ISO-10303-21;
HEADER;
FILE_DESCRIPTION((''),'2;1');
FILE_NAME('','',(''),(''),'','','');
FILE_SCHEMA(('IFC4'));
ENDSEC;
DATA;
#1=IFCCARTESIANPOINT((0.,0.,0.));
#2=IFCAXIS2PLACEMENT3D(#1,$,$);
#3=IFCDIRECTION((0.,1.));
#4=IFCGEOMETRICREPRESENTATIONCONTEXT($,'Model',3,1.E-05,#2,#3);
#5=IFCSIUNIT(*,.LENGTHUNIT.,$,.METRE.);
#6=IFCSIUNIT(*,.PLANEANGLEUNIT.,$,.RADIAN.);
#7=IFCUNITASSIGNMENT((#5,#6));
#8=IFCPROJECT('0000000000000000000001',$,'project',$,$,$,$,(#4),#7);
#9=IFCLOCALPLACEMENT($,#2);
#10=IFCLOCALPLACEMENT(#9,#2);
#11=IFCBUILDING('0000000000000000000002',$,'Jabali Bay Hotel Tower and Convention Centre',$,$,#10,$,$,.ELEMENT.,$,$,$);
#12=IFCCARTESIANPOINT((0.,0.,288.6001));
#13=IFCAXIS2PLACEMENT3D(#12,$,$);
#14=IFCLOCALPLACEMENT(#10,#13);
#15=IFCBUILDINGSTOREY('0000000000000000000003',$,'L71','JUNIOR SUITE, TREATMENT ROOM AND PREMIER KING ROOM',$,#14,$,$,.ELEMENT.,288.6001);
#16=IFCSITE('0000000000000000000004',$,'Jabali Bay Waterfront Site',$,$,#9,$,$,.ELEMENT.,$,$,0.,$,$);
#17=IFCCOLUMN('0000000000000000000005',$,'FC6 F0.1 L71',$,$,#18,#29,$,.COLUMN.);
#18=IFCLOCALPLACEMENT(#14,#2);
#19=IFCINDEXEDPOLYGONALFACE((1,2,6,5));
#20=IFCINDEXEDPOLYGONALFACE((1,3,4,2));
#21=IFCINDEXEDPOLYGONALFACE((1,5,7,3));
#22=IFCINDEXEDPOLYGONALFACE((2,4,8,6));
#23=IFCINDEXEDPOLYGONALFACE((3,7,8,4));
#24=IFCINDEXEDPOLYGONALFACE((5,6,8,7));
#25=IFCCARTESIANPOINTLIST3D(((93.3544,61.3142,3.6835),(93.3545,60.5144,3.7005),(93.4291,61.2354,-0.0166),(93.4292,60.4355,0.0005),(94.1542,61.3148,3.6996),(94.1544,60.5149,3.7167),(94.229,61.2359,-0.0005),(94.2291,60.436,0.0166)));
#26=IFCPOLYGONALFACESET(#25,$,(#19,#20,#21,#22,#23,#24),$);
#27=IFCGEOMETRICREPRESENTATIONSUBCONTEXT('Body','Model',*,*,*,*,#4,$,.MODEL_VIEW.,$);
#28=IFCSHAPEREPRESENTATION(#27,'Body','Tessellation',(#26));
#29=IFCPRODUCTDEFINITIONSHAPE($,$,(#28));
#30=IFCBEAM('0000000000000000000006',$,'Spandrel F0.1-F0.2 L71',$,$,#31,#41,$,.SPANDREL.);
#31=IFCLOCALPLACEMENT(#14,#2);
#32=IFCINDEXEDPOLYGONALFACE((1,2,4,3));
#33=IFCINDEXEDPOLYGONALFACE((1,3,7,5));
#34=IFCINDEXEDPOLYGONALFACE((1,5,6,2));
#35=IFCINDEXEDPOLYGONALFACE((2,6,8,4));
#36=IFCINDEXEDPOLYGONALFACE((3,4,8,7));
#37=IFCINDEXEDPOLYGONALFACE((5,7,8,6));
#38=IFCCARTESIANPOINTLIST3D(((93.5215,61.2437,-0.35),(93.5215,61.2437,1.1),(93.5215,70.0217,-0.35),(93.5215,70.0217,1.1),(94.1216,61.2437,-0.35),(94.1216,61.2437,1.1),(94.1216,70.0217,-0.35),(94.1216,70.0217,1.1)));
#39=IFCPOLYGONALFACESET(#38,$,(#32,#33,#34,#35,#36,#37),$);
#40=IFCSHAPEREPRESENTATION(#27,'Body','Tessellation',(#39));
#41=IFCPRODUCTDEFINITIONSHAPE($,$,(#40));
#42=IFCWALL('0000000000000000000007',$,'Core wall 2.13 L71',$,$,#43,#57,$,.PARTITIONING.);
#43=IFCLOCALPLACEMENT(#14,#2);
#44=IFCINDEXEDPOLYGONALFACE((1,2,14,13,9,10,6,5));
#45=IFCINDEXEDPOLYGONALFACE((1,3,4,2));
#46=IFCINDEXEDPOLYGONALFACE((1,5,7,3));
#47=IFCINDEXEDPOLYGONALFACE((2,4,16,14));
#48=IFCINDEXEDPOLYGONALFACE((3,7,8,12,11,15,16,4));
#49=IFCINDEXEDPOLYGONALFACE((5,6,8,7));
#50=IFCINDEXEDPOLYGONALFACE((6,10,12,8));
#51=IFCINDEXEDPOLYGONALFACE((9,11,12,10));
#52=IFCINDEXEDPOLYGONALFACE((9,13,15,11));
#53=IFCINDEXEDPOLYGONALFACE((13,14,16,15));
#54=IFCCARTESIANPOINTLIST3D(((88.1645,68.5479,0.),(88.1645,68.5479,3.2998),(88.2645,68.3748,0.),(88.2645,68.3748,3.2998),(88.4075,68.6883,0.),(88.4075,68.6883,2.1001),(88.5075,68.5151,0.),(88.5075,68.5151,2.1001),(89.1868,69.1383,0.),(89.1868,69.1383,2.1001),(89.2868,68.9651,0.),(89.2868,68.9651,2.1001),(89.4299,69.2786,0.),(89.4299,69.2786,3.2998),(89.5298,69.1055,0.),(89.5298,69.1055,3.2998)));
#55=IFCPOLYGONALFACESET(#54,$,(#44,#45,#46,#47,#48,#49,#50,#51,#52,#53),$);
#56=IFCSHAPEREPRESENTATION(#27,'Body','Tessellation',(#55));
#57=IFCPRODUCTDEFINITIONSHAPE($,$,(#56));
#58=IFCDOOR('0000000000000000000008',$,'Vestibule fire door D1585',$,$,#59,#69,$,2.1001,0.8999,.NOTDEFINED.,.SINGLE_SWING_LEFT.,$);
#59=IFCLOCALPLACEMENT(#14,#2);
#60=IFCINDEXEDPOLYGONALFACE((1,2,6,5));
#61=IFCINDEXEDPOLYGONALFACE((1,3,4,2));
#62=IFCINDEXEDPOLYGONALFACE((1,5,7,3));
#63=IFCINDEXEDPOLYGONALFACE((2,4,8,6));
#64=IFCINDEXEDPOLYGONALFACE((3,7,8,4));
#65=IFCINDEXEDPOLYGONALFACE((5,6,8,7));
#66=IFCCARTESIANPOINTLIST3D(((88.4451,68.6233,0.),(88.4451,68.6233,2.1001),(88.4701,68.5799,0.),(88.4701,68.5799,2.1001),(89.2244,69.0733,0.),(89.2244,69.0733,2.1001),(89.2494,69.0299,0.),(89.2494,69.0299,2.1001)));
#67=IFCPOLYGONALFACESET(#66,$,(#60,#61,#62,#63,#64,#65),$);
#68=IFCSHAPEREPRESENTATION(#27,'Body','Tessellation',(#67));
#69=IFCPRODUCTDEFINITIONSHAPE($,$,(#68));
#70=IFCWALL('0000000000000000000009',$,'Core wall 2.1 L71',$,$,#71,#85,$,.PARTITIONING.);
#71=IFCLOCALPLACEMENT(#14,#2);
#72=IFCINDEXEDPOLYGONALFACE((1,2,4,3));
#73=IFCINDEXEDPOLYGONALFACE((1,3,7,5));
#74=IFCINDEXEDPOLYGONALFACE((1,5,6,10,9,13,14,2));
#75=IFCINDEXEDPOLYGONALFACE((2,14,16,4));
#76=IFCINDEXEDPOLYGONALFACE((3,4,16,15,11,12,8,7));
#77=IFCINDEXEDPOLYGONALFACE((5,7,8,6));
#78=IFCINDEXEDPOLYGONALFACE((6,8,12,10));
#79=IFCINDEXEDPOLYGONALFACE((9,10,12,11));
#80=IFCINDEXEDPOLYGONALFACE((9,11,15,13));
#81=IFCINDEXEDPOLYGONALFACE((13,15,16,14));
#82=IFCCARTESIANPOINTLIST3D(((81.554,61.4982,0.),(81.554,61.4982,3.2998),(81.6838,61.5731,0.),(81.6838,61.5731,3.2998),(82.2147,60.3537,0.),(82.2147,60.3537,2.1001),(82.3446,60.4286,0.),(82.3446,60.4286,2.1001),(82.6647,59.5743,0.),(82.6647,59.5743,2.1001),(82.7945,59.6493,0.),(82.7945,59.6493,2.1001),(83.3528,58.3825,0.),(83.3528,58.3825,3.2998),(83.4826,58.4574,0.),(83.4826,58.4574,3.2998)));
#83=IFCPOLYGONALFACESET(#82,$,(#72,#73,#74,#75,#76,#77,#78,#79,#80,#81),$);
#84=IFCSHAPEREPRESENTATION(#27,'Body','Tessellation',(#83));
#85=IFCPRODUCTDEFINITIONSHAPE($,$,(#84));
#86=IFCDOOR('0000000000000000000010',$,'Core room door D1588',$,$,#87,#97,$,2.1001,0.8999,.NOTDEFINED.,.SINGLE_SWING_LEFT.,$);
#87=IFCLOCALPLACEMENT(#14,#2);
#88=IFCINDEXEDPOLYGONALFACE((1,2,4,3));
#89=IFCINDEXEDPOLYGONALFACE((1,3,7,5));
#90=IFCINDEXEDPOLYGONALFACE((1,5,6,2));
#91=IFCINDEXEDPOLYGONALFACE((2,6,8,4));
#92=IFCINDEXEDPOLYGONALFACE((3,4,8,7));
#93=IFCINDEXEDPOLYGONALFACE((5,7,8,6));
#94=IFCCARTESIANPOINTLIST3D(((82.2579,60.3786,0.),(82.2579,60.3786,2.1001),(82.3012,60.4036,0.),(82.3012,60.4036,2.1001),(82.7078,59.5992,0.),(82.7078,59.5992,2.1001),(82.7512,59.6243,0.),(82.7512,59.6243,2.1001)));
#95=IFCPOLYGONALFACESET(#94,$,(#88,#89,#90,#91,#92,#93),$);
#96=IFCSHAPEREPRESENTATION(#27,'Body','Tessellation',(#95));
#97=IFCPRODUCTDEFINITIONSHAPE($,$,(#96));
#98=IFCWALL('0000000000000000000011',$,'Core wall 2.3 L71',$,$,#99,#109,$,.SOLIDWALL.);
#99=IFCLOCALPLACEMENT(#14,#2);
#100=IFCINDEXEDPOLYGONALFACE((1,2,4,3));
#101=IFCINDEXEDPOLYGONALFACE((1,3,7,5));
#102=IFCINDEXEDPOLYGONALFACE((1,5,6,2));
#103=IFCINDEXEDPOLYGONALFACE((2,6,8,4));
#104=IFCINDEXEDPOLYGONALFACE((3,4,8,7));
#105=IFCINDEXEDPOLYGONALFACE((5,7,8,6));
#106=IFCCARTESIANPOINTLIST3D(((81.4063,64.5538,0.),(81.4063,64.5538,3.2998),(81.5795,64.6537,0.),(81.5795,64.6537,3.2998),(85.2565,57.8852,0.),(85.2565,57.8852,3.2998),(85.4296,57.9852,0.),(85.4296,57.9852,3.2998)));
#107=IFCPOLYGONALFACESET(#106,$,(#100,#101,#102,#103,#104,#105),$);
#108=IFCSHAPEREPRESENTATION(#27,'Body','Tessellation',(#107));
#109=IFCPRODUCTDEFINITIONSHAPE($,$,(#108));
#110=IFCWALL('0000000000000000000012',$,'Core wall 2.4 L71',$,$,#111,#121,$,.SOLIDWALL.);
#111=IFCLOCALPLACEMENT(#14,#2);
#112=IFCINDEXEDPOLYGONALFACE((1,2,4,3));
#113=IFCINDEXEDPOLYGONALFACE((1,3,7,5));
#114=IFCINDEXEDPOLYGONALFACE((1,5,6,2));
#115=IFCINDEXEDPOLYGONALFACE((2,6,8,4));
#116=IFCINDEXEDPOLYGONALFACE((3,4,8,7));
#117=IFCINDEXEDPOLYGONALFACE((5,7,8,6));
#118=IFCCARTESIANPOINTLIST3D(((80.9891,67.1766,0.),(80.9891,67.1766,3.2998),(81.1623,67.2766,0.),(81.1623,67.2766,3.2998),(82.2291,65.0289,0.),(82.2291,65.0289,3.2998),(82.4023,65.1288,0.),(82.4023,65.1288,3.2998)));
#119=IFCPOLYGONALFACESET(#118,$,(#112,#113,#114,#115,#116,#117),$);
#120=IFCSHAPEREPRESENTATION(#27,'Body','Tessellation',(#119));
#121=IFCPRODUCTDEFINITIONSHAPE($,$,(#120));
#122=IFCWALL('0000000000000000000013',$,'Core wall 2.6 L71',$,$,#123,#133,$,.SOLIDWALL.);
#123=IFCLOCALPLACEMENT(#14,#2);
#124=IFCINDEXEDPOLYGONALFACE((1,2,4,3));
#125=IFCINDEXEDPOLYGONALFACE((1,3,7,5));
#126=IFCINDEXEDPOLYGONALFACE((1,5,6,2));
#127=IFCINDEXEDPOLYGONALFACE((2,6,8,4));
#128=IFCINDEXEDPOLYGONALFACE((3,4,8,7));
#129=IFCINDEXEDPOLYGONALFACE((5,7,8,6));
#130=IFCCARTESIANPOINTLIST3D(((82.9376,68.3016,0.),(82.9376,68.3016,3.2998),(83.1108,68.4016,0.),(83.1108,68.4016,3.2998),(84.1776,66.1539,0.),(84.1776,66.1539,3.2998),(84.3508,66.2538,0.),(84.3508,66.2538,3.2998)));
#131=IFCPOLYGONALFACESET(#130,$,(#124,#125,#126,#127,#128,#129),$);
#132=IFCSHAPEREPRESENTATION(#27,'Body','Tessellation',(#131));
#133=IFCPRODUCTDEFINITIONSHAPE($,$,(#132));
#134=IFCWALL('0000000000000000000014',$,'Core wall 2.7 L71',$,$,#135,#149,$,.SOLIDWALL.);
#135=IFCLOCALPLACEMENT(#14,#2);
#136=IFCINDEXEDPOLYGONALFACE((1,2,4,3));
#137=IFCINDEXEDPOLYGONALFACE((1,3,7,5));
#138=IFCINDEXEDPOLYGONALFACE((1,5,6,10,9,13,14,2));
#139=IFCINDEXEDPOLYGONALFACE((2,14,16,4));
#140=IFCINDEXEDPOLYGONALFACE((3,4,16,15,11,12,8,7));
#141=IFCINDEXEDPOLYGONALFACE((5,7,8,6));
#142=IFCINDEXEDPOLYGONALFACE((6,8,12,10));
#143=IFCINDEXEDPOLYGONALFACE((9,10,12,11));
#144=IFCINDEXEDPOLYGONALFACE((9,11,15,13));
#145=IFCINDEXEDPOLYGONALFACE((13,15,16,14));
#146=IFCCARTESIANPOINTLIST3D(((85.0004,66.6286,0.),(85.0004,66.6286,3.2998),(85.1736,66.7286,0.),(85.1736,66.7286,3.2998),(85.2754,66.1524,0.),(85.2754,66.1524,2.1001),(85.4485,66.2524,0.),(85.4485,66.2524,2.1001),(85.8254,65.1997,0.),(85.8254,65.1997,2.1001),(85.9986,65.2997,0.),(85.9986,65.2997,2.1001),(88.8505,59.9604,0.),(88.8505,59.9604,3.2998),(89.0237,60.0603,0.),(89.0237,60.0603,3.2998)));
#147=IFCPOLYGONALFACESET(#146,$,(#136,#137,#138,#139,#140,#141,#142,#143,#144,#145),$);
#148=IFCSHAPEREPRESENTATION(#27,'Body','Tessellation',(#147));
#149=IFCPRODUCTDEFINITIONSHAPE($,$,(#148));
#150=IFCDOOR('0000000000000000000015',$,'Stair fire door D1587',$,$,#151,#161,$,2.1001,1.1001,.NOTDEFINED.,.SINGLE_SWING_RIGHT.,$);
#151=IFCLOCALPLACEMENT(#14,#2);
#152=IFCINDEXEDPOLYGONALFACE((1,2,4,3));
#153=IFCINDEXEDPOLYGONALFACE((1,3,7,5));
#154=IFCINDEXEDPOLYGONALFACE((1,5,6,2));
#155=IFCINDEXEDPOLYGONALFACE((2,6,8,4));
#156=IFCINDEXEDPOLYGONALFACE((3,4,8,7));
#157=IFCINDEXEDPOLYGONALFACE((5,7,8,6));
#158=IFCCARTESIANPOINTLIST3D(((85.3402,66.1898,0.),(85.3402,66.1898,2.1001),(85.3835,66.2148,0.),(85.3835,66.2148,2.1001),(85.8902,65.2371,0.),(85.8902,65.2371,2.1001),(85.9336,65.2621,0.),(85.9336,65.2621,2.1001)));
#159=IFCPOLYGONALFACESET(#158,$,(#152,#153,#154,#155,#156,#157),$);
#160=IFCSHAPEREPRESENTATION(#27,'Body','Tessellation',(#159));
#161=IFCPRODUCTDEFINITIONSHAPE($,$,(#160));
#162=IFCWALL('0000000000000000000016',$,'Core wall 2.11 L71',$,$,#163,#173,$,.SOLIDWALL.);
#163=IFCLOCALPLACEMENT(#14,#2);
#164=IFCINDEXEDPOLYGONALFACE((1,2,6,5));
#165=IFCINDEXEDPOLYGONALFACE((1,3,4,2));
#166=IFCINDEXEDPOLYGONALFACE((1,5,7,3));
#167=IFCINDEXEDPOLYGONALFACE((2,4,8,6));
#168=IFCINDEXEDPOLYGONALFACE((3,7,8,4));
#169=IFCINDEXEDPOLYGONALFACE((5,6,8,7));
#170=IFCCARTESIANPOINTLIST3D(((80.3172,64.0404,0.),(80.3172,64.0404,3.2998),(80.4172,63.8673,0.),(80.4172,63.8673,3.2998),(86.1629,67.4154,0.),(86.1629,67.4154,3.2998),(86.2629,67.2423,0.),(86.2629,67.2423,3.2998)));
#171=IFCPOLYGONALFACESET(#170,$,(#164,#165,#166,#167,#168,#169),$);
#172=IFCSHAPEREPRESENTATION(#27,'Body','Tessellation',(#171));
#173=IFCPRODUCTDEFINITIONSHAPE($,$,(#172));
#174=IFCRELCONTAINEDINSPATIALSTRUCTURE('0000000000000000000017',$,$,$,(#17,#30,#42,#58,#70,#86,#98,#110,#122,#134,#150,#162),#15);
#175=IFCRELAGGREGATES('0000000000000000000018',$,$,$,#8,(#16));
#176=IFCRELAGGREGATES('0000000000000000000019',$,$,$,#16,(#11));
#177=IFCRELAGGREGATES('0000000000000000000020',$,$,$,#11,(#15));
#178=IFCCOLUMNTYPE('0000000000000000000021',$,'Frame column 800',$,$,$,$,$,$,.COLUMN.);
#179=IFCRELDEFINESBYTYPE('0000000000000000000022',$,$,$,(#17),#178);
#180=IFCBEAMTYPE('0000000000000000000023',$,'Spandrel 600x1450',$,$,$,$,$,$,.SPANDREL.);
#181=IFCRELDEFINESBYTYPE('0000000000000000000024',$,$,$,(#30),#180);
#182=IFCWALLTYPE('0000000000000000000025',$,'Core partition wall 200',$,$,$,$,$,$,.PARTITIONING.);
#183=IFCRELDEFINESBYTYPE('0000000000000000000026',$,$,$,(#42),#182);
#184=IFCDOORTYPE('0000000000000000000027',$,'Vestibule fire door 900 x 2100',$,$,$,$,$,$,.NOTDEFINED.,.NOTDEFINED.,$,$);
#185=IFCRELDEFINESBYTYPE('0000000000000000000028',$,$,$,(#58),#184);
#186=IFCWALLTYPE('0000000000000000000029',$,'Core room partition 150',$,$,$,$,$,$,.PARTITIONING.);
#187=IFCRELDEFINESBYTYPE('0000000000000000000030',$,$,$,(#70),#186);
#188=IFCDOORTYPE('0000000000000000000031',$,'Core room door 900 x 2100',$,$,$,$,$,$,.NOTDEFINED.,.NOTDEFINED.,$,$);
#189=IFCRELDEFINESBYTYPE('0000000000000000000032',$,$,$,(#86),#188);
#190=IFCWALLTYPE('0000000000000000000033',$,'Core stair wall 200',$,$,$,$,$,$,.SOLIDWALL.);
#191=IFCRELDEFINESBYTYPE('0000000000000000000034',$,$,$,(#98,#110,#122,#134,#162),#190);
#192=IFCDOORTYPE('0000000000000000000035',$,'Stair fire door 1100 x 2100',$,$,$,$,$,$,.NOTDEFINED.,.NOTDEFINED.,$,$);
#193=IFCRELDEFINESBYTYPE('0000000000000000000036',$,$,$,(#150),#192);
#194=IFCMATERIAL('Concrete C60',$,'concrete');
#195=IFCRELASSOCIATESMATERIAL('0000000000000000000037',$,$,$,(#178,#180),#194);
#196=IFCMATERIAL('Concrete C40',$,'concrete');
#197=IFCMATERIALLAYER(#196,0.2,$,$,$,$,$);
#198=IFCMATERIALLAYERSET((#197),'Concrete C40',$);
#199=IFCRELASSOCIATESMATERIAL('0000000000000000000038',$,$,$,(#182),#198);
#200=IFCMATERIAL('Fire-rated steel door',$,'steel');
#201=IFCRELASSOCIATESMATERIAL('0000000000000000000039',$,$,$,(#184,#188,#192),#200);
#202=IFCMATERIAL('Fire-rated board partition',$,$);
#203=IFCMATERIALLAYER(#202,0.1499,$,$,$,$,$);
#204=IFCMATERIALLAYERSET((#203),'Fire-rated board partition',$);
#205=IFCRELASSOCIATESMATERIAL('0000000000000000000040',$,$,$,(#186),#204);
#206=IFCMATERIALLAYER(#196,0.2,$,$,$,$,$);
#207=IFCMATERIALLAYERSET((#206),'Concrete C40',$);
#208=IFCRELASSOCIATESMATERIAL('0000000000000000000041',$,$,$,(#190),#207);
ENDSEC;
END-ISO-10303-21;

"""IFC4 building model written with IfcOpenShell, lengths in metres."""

from ifc_helpers import new_model, si_unit, direction, frame, frame_2d, origin, origin_2d, place, context, subcontext, project, spatial, rectangle, extrude, material, layer, layer_set, material_profile, profile_set, type_object, element, fill, save


model = new_model("IFC4")

# Units and contexts
model_context = context("Model", 3, precision=1e-05, world=origin(), true_north=direction((0.0, 1.0)))
body_context = subcontext(model_context, "Body", "Model", "MODEL_VIEW")
ifc_project = project(units=[si_unit("LENGTHUNIT", "METRE"), si_unit("PLANEANGLEUNIT", "RADIAN")], contexts=[model_context])

# Site, building, storey
site_placement = place(None, origin())
site = spatial("IfcSite", under=ifc_project, at=site_placement, Name="Jabali Bay Waterfront Site", CompositionType="ELEMENT", RefElevation=0.0)
building_placement = place(site_placement, origin())
building = spatial("IfcBuilding", under=site, at=building_placement, Name="Jabali Bay Hotel Tower and Convention Centre", CompositionType="ELEMENT")
storey_placement = place(building_placement, frame((0.0, 0.0, 288.6001)))
storey = spatial("IfcBuildingStorey", under=building, at=storey_placement, Name="L71", Description="JUNIOR SUITE, TREATMENT ROOM AND PREMIER KING ROOM", CompositionType="ELEMENT", Elevation=288.6001)

# Column
ifc_material_1 = material(Name="Concrete C60", Category="concrete")
ifc_material_profile_1 = material_profile(ifc_material_1, rectangle(XDim=0.8, YDim=0.8, at=origin_2d()), Name="Frame column 800")
ifc_profile_set_1 = profile_set([ifc_material_profile_1], Name="Concrete C60")
column_type = type_object("IfcColumnType", Name="Frame column 800", PredefinedType="COLUMN", material=ifc_profile_set_1)
column_placement = place(storey_placement, frame((93.8291, 60.8357, 0.0), z_axis=(-0.020183, 0.021304, 0.999569), x_axis=(0.000228, -0.999773, 0.021313)))
element("IfcColumn", 1, at=column_placement, inside=storey, type_object=column_type, Name="FC6 F0.1 L71", PredefinedType="COLUMN", context=body_context, shape_type="SweptSolid", body=[
    extrude(rectangle(XDim=0.8, YDim=0.8, at=origin_2d()), origin(), (0.0, 0.0, 1.0), 3.7017),
])

# Beam
ifc_material_profile_2 = material_profile(ifc_material_1, rectangle(XDim=0.6001, YDim=1.45, at=origin_2d()), Name="Spandrel 600x1450")
ifc_profile_set_2 = profile_set([ifc_material_profile_2], Name="Concrete C60")
beam_type = type_object("IfcBeamType", Name="Spandrel 600x1450", PredefinedType="SPANDREL", material=ifc_profile_set_2)
beam_placement = place(storey_placement, frame((93.8215, 61.2437, 0.375), z_axis=(0.0, 1.0, 0.0), x_axis=(-1.0, 0.0, 0.0)))
element("IfcBeam", 2, at=beam_placement, inside=storey, type_object=beam_type, Name="Spandrel F0.1-F0.2 L71", PredefinedType="SPANDREL", context=body_context, shape_type="SweptSolid", body=[
    extrude(rectangle(XDim=0.6001, YDim=1.45, at=origin_2d()), origin(), (0.0, 0.0, 1.0), 8.7781),
])

# Walls, openings, doors
ifc_material_2 = material(Name="Concrete C40", Category="concrete")
ifc_layer_1 = layer(ifc_material_2, 0.2)
ifc_layer_set_1 = layer_set([ifc_layer_1], Name="Concrete C40")
wall_type_1 = type_object("IfcWallType", Name="Core partition wall 200", PredefinedType="PARTITIONING", material=ifc_layer_set_1)
wall_1_placement = place(storey_placement, frame((88.2146, 68.4614, 0.0), z_axis=(0.0, 0.0, 1.0), x_axis=(0.865982, 0.500074, 0.0)))
wall_1 = element("IfcWall", 3, at=wall_1_placement, inside=storey, type_object=wall_type_1, Name="Core wall 2.13 L71", PredefinedType="PARTITIONING", context=body_context, shape_type="SweptSolid", body=[
    extrude(rectangle(XDim=1.4612, YDim=0.2, at=frame_2d((0.7305, 0.0))), origin(), (0.0, 0.0, 1.0), 3.2998),
])
opening_1_placement = place(wall_1_placement, frame((0.2805, 0.0, 0.0)))
opening_1 = element("IfcOpeningElement", 4, at=opening_1_placement, cuts=wall_1, PredefinedType="OPENING", context=body_context, shape_type="SweptSolid", body=[
    extrude(rectangle(XDim=0.8999, YDim=2.1001, at=frame_2d((0.45, 1.05))), frame((0.0, 0.1104, 0.0), z_axis=(0.0, -1.0, 0.0), x_axis=(1.0, 0.0, 0.0)), (0.0, 0.0, 1.0), 0.2209),
])
ifc_material_3 = material(Name="Fire-rated steel door", Category="steel")
door_type_1 = type_object("IfcDoorType", Name="Vestibule fire door 900 x 2100", OperationType="NOTDEFINED", PredefinedType="NOTDEFINED", material=ifc_material_3)
door_1_placement = place(opening_1_placement, origin())
door_1 = element("IfcDoor", 5, at=door_1_placement, inside=storey, type_object=door_type_1, Name="Vestibule fire door D1585", OperationType="SINGLE_SWING_LEFT", OverallHeight=2.1001, OverallWidth=0.8999, PredefinedType="NOTDEFINED", context=body_context, shape_type="SweptSolid", body=[
    extrude(rectangle(XDim=0.8999, YDim=2.1001, at=frame_2d((0.45, 1.05))), frame((0.0, 0.0249, 0.0), z_axis=(0.0, -1.0, 0.0), x_axis=(1.0, 0.0, 0.0)), (0.0, 0.0, 1.0), 0.05),
])
fill(opening_1, door_1)
ifc_material_4 = material(Name="Fire-rated board partition")
ifc_layer_2 = layer(ifc_material_4, 0.1499)
ifc_layer_set_2 = layer_set([ifc_layer_2], Name="Fire-rated board partition")
wall_type_2 = type_object("IfcWallType", Name="Core room partition 150", PredefinedType="PARTITIONING", material=ifc_layer_set_2)
wall_2_placement = place(storey_placement, frame((81.6189, 61.5356, 0.0), z_axis=(0.0, 0.0, 1.0), x_axis=(0.499993, -0.86603, 0.0)))
wall_2 = element("IfcWall", 6, at=wall_2_placement, inside=storey, type_object=wall_type_2, Name="Core wall 2.1 L71", PredefinedType="PARTITIONING", context=body_context, shape_type="SweptSolid", body=[
    extrude(rectangle(XDim=3.5977, YDim=0.1499, at=frame_2d((1.7988, 0.0))), origin(), (0.0, 0.0, 1.0), 3.2998),
])
opening_2_placement = place(wall_2_placement, frame((1.3215, 0.0, 0.0)))
opening_2 = element("IfcOpeningElement", 7, at=opening_2_placement, cuts=wall_2, PredefinedType="OPENING", context=body_context, shape_type="SweptSolid", body=[
    extrude(rectangle(XDim=0.8999, YDim=2.1001, at=frame_2d((0.45, 1.05))), frame((0.0, 0.0854, 0.0), z_axis=(0.0, -1.0, 0.0), x_axis=(1.0, 0.0, 0.0)), (0.0, 0.0, 1.0), 0.1709),
])
door_type_2 = type_object("IfcDoorType", Name="Core room door 900 x 2100", OperationType="NOTDEFINED", PredefinedType="NOTDEFINED", material=ifc_material_3)
door_2_placement = place(opening_2_placement, origin())
door_2 = element("IfcDoor", 8, at=door_2_placement, inside=storey, type_object=door_type_2, Name="Core room door D1588", OperationType="SINGLE_SWING_LEFT", OverallHeight=2.1001, OverallWidth=0.8999, PredefinedType="NOTDEFINED", context=body_context, shape_type="SweptSolid", body=[
    extrude(rectangle(XDim=0.8999, YDim=2.1001, at=frame_2d((0.45, 1.05))), frame((0.0, 0.0249, 0.0), z_axis=(0.0, -1.0, 0.0), x_axis=(1.0, 0.0, 0.0)), (0.0, 0.0, 1.0), 0.05),
])
fill(opening_2, door_2)

# Walls
ifc_layer_3 = layer(ifc_material_2, 0.2)
ifc_layer_set_3 = layer_set([ifc_layer_3], Name="Concrete C40")
wall_type_3 = type_object("IfcWallType", Name="Core stair wall 200", PredefinedType="SOLIDWALL", material=ifc_layer_set_3)
wall_3_placement = place(storey_placement, frame((81.4929, 64.6038, 0.0), z_axis=(0.0, 0.0, 1.0), x_axis=(0.500006, -0.866022, 0.0)))
element("IfcWall", 9, at=wall_3_placement, inside=storey, type_object=wall_type_3, Name="Core wall 2.3 L71", PredefinedType="SOLIDWALL", context=body_context, shape_type="SweptSolid", body=[
    extrude(rectangle(XDim=7.7002, YDim=0.2, at=frame_2d((3.8501, 0.0))), origin(), (0.0, 0.0, 1.0), 3.2998),
])
for number, where, z_axis, x_axis, name in (
    (10, (81.0757, 67.2266, 0.0), (0.0, 0.0, 1.0), (0.500004, -0.866023, 0.0), "Core wall 2.4 L71"),
    (11, (83.0242, 68.3516, 0.0), (0.0, 0.0, 1.0), (0.500004, -0.866023, 0.0), "Core wall 2.6 L71"),
):
    element("IfcWall", number, at=place(storey_placement, frame(where, z_axis=z_axis, x_axis=x_axis)), inside=storey, type_object=wall_type_3, Name=name, PredefinedType="SOLIDWALL", context=body_context, shape_type="SweptSolid", body=[
        extrude(rectangle(XDim=2.48, YDim=0.2, at=frame_2d((1.24, 0.0))), origin(), (0.0, 0.0, 1.0), 3.2998),
    ])

# Wall, opening, door
wall_4_placement = place(storey_placement, frame((85.0869, 66.6787, 0.0), z_axis=(0.0, 0.0, 1.0), x_axis=(0.50002, -0.866014, 0.0)))
wall_4 = element("IfcWall", 12, at=wall_4_placement, inside=storey, type_object=wall_type_3, Name="Core wall 2.7 L71", PredefinedType="SOLIDWALL", context=body_context, shape_type="SweptSolid", body=[
    extrude(rectangle(XDim=7.7, YDim=0.2, at=frame_2d((3.8501, 0.0))), origin(), (0.0, 0.0, 1.0), 3.2998),
])
opening_3_placement = place(wall_4_placement, frame((0.55, 0.0, 0.0)))
opening_3 = element("IfcOpeningElement", 13, at=opening_3_placement, cuts=wall_4, PredefinedType="OPENING", context=body_context, shape_type="SweptSolid", body=[
    extrude(rectangle(XDim=1.1001, YDim=2.1001, at=frame_2d((0.55, 1.05))), frame((0.0, 0.1104, 0.0), z_axis=(0.0, -1.0, 0.0), x_axis=(1.0, 0.0, 0.0)), (0.0, 0.0, 1.0), 0.2209),
])
door_type_3 = type_object("IfcDoorType", Name="Stair fire door 1100 x 2100", OperationType="NOTDEFINED", PredefinedType="NOTDEFINED", material=ifc_material_3)
door_3_placement = place(opening_3_placement, origin())
door_3 = element("IfcDoor", 14, at=door_3_placement, inside=storey, type_object=door_type_3, Name="Stair fire door D1587", OperationType="SINGLE_SWING_RIGHT", OverallHeight=2.1001, OverallWidth=1.1001, PredefinedType="NOTDEFINED", context=body_context, shape_type="SweptSolid", body=[
    extrude(rectangle(XDim=1.1001, YDim=2.1001, at=frame_2d((0.55, 1.05))), frame((0.0, 0.0249, 0.0), z_axis=(0.0, -1.0, 0.0), x_axis=(1.0, 0.0, 0.0)), (0.0, 0.0, 1.0), 0.05),
])
fill(opening_3, door_3)

# Wall
wall_5_placement = place(storey_placement, frame((80.3672, 63.9539, 0.0), z_axis=(0.0, 0.0, 1.0), x_axis=(0.866027, 0.499998, 0.0)))
element("IfcWall", 15, at=wall_5_placement, inside=storey, type_object=wall_type_3, Name="Core wall 2.11 L71", PredefinedType="SOLIDWALL", context=body_context, shape_type="SweptSolid", body=[
    extrude(rectangle(XDim=6.75, YDim=0.2, at=frame_2d((3.375, 0.0))), origin(), (0.0, 0.0, 1.0), 3.2998),
])

save(model, "model.ifc")
